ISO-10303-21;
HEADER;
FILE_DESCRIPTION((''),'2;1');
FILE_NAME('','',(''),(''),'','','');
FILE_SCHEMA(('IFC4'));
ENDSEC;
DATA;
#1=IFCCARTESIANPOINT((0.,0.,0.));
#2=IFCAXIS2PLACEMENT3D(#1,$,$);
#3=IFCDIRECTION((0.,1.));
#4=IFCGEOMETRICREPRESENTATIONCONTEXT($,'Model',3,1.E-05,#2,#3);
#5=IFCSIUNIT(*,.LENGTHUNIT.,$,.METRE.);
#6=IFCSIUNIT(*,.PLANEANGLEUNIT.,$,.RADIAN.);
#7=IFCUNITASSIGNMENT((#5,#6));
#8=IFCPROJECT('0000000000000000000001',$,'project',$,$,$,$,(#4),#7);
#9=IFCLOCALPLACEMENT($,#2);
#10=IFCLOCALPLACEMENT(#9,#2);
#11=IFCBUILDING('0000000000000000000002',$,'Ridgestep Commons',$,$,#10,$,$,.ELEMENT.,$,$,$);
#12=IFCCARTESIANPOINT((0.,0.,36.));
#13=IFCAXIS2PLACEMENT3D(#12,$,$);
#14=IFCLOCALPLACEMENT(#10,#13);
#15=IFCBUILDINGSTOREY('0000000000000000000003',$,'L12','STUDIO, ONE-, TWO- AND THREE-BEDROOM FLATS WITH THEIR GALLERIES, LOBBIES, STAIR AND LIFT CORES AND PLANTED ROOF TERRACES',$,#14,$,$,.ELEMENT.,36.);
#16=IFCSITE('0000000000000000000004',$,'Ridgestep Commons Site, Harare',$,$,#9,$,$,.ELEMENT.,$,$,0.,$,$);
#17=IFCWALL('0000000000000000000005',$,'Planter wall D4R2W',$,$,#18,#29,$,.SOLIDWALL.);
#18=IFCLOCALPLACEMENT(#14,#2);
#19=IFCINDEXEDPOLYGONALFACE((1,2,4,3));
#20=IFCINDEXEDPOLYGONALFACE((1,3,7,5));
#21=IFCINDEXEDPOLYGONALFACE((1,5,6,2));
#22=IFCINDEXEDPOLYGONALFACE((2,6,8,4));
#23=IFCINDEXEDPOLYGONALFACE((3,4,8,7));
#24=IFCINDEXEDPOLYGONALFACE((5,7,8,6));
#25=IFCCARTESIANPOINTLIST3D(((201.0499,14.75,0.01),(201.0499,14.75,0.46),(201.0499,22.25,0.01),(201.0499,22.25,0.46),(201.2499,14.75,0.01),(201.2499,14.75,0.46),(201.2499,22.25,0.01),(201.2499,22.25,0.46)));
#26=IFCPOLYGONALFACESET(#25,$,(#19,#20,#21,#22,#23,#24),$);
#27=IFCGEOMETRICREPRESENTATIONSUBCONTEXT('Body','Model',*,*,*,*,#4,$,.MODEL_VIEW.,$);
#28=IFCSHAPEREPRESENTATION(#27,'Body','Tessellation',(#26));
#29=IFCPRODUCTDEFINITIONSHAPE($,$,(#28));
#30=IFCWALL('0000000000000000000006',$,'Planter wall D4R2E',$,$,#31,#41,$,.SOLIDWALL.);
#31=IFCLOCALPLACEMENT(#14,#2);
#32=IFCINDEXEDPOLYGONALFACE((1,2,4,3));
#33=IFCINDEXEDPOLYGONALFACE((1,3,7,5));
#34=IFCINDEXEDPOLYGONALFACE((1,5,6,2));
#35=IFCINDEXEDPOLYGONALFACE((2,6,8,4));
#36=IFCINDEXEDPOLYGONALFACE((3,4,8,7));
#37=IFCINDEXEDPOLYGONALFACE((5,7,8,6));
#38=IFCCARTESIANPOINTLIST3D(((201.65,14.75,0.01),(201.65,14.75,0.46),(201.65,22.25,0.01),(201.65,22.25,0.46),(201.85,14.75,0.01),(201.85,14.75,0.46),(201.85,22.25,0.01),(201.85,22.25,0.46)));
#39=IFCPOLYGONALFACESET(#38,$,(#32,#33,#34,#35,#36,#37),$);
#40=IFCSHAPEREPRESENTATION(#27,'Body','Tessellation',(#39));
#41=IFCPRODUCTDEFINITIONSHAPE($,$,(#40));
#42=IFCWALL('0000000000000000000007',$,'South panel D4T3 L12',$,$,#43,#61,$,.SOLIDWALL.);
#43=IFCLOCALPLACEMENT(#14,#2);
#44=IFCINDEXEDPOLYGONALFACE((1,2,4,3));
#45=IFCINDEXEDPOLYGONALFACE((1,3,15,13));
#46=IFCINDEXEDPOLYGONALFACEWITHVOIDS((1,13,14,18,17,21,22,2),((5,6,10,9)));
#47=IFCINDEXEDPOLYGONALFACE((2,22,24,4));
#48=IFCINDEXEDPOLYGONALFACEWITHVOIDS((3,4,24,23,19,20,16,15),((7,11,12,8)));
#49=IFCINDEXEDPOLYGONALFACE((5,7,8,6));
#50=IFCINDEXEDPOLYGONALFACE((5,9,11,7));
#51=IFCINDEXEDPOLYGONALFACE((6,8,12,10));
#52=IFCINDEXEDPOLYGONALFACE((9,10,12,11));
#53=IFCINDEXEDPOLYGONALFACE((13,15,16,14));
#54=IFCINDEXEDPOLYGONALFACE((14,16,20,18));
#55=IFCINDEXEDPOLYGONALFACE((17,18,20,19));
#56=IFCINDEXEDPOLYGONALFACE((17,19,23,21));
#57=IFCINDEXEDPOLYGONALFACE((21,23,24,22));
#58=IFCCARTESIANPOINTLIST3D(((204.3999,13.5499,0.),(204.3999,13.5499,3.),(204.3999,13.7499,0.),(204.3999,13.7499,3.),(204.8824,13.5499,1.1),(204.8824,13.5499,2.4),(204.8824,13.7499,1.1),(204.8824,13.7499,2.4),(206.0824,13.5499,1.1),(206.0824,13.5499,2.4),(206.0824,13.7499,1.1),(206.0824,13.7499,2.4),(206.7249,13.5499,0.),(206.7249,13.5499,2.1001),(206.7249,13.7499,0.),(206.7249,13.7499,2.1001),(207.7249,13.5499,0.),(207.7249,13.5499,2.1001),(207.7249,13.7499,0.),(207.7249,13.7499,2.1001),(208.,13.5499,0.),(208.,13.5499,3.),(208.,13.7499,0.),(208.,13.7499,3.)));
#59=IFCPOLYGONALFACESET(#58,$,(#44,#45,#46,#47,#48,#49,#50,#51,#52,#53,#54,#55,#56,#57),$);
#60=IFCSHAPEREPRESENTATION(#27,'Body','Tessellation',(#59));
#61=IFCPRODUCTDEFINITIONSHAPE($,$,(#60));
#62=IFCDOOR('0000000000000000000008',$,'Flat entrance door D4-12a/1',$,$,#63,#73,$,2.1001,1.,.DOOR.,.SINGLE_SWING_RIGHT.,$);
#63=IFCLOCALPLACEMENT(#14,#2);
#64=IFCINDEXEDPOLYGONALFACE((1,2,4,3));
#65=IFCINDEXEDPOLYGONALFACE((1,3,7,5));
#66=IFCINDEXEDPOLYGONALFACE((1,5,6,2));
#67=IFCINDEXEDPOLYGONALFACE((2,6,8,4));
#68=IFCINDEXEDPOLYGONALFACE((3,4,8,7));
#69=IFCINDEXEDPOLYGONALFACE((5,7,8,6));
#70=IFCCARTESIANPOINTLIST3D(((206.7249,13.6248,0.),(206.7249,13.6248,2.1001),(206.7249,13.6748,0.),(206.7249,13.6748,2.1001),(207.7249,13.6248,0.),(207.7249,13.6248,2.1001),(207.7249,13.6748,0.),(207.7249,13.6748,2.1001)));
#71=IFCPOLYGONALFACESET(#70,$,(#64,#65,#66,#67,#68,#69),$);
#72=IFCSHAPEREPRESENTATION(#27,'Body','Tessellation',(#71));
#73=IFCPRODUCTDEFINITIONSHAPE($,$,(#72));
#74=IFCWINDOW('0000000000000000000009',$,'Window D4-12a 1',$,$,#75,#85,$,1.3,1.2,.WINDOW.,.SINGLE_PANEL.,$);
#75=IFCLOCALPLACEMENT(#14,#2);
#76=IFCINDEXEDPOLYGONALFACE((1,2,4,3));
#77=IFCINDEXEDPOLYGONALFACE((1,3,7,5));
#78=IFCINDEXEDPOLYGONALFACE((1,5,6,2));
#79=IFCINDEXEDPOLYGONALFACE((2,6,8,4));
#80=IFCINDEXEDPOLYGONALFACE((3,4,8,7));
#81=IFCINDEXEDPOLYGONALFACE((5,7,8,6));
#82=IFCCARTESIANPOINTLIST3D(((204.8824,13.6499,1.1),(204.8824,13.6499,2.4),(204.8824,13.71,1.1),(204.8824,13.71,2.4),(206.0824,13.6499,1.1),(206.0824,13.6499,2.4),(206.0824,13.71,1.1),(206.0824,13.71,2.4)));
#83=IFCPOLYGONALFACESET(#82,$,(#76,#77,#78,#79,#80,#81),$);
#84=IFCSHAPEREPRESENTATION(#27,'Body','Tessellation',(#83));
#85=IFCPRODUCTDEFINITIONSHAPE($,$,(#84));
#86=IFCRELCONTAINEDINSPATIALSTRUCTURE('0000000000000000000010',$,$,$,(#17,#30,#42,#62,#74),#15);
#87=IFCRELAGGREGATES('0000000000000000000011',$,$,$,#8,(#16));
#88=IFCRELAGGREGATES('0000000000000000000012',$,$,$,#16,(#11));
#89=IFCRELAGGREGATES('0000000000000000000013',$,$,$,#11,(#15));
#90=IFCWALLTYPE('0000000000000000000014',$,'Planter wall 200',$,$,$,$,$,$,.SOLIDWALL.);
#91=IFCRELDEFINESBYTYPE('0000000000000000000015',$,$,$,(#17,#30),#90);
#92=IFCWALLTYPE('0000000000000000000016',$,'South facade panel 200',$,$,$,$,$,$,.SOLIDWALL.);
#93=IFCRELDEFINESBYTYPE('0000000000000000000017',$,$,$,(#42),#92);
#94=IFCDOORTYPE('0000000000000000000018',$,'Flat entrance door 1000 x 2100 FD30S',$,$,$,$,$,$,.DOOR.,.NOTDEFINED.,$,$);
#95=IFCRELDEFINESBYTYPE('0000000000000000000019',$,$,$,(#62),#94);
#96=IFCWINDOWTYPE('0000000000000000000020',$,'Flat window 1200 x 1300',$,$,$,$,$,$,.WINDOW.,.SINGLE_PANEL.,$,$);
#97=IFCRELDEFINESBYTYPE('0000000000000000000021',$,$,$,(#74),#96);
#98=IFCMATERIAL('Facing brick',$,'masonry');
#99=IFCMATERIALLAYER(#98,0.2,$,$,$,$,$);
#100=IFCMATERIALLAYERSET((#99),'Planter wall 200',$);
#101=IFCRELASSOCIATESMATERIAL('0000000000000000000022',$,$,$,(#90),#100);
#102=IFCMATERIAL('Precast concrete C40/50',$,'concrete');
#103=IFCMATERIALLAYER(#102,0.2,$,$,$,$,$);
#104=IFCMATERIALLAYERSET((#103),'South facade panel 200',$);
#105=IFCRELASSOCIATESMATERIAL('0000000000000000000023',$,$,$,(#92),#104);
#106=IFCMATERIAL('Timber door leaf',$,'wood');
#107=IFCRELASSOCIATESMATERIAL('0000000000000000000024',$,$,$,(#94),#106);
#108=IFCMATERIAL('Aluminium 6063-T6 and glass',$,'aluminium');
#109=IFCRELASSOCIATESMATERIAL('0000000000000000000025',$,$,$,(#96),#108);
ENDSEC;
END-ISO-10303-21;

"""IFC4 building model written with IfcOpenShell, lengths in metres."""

from ifc_helpers import new_model, si_unit, direction, frame, frame_2d, origin, place, context, subcontext, project, spatial, rectangle, extrude, material, layer, layer_set, type_object, element, fill, save


model = new_model("IFC4")

# Units and contexts
model_context = context("Model", 3, precision=1e-05, world=origin(), true_north=direction((0.0, 1.0)))
body_context = subcontext(model_context, "Body", "Model", "MODEL_VIEW")
ifc_project = project(units=[si_unit("LENGTHUNIT", "METRE"), si_unit("PLANEANGLEUNIT", "RADIAN")], contexts=[model_context])

# Site, building, storey
site_placement = place(None, origin())
site = spatial("IfcSite", under=ifc_project, at=site_placement, Name="Ridgestep Commons Site, Harare", CompositionType="ELEMENT", RefElevation=0.0)
building_placement = place(site_placement, origin())
building = spatial("IfcBuilding", under=site, at=building_placement, Name="Ridgestep Commons", CompositionType="ELEMENT")
storey_placement = place(building_placement, frame((0.0, 0.0, 36.0)))
storey = spatial("IfcBuildingStorey", under=building, at=storey_placement, Name="L12", Description="STUDIO, ONE-, TWO- AND THREE-BEDROOM FLATS WITH THEIR GALLERIES, LOBBIES, STAIR AND LIFT CORES AND PLANTED ROOF TERRACES", CompositionType="ELEMENT", Elevation=36.0)

# Walls
ifc_material_1 = material(Name="Facing brick", Category="masonry")
ifc_layer_1 = layer(ifc_material_1, 0.2)
ifc_layer_set_1 = layer_set([ifc_layer_1], Name="Planter wall 200")
wall_type_1 = type_object("IfcWallType", Name="Planter wall 200", PredefinedType="SOLIDWALL", material=ifc_layer_set_1)
for number, where, z_axis, x_axis, name in (
    (1, (201.1499, 14.75, 0.01), (0.0, 0.0, 1.0), (0.0, 1.0, 0.0), "Planter wall D4R2W"),
    (2, (201.75, 14.75, 0.01), (0.0, 0.0, 1.0), (0.0, 1.0, 0.0), "Planter wall D4R2E"),
):
    element("IfcWall", number, at=place(storey_placement, frame(where, z_axis=z_axis, x_axis=x_axis)), inside=storey, type_object=wall_type_1, Name=name, PredefinedType="SOLIDWALL", context=body_context, shape_type="SweptSolid", body=[
        extrude(rectangle(XDim=7.5, YDim=0.2, at=frame_2d((3.75, 0.0))), origin(), (0.0, 0.0, 1.0), 0.45),
    ])

# Wall, openings, door, window
ifc_material_2 = material(Name="Precast concrete C40/50", Category="concrete")
ifc_layer_2 = layer(ifc_material_2, 0.2)
ifc_layer_set_2 = layer_set([ifc_layer_2], Name="South facade panel 200")
wall_type_2 = type_object("IfcWallType", Name="South facade panel 200", PredefinedType="SOLIDWALL", material=ifc_layer_set_2)
wall_1_placement = place(storey_placement, frame((204.3999, 13.6499, 0.0), z_axis=(0.0, 0.0, 1.0), x_axis=(1.0, 0.0, 0.0)))
wall_1 = element("IfcWall", 3, at=wall_1_placement, inside=storey, type_object=wall_type_2, Name="South panel D4T3 L12", PredefinedType="SOLIDWALL", context=body_context, shape_type="SweptSolid", body=[
    extrude(rectangle(XDim=3.6001, YDim=0.2, at=frame_2d((1.8, 0.0))), origin(), (0.0, 0.0, 1.0), 3.0),
])
opening_1_placement = place(wall_1_placement, frame((0.4824, 0.0, 1.1001)))
opening_1 = element("IfcOpeningElement", 4, at=opening_1_placement, cuts=wall_1, PredefinedType="OPENING", context=body_context, shape_type="SweptSolid", body=[
    extrude(rectangle(XDim=1.2, YDim=1.3, at=frame_2d((0.6001, 0.6499))), frame((0.0, 0.1099, 0.0), z_axis=(0.0, -1.0, 0.0), x_axis=(1.0, 0.0, 0.0)), (0.0, 0.0, 1.0), 0.22),
])
opening_2_placement = place(wall_1_placement, frame((2.325, 0.0, 0.0)))
opening_2 = element("IfcOpeningElement", 5, at=opening_2_placement, cuts=wall_1, PredefinedType="OPENING", context=body_context, shape_type="SweptSolid", body=[
    extrude(rectangle(XDim=1.0, YDim=2.1001, at=frame_2d((0.5, 1.05))), frame((0.0, 0.1099, 0.0), z_axis=(0.0, -1.0, 0.0), x_axis=(1.0, 0.0, 0.0)), (0.0, 0.0, 1.0), 0.22),
])
ifc_material_3 = material(Name="Timber door leaf", Category="wood")
door_type_1 = type_object("IfcDoorType", Name="Flat entrance door 1000 x 2100 FD30S", OperationType="NOTDEFINED", PredefinedType="DOOR", material=ifc_material_3)
door_1_placement = place(opening_2_placement, origin())
door_1 = element("IfcDoor", 6, at=door_1_placement, inside=storey, type_object=door_type_1, Name="Flat entrance door D4-12a/1", OperationType="SINGLE_SWING_RIGHT", OverallHeight=2.1001, OverallWidth=1.0, PredefinedType="DOOR", context=body_context, shape_type="SweptSolid", body=[
    extrude(rectangle(XDim=1.0, YDim=2.1001, at=frame_2d((0.5, 1.05))), frame((0.0, 0.0249, 0.0), z_axis=(0.0, -1.0, 0.0), x_axis=(1.0, 0.0, 0.0)), (0.0, 0.0, 1.0), 0.05),
])
fill(opening_2, door_1)
ifc_material_4 = material(Name="Aluminium 6063-T6 and glass", Category="aluminium")
window_type_1 = type_object("IfcWindowType", Name="Flat window 1200 x 1300", PartitioningType="SINGLE_PANEL", PredefinedType="WINDOW", material=ifc_material_4)
window_1_placement = place(opening_1_placement, origin())
window_1 = element("IfcWindow", 7, at=window_1_placement, inside=storey, type_object=window_type_1, Name="Window D4-12a 1", OverallHeight=1.3, OverallWidth=1.2, PartitioningType="SINGLE_PANEL", PredefinedType="WINDOW", context=body_context, shape_type="SweptSolid", body=[
    extrude(rectangle(XDim=1.2, YDim=1.3, at=frame_2d((0.6001, 0.6499))), frame((0.0, 0.0601, 0.0), z_axis=(0.0, -1.0, 0.0), x_axis=(1.0, 0.0, 0.0)), (0.0, 0.0, 1.0), 0.0601),
])
fill(opening_1, window_1)

save(model, "model.ifc")
